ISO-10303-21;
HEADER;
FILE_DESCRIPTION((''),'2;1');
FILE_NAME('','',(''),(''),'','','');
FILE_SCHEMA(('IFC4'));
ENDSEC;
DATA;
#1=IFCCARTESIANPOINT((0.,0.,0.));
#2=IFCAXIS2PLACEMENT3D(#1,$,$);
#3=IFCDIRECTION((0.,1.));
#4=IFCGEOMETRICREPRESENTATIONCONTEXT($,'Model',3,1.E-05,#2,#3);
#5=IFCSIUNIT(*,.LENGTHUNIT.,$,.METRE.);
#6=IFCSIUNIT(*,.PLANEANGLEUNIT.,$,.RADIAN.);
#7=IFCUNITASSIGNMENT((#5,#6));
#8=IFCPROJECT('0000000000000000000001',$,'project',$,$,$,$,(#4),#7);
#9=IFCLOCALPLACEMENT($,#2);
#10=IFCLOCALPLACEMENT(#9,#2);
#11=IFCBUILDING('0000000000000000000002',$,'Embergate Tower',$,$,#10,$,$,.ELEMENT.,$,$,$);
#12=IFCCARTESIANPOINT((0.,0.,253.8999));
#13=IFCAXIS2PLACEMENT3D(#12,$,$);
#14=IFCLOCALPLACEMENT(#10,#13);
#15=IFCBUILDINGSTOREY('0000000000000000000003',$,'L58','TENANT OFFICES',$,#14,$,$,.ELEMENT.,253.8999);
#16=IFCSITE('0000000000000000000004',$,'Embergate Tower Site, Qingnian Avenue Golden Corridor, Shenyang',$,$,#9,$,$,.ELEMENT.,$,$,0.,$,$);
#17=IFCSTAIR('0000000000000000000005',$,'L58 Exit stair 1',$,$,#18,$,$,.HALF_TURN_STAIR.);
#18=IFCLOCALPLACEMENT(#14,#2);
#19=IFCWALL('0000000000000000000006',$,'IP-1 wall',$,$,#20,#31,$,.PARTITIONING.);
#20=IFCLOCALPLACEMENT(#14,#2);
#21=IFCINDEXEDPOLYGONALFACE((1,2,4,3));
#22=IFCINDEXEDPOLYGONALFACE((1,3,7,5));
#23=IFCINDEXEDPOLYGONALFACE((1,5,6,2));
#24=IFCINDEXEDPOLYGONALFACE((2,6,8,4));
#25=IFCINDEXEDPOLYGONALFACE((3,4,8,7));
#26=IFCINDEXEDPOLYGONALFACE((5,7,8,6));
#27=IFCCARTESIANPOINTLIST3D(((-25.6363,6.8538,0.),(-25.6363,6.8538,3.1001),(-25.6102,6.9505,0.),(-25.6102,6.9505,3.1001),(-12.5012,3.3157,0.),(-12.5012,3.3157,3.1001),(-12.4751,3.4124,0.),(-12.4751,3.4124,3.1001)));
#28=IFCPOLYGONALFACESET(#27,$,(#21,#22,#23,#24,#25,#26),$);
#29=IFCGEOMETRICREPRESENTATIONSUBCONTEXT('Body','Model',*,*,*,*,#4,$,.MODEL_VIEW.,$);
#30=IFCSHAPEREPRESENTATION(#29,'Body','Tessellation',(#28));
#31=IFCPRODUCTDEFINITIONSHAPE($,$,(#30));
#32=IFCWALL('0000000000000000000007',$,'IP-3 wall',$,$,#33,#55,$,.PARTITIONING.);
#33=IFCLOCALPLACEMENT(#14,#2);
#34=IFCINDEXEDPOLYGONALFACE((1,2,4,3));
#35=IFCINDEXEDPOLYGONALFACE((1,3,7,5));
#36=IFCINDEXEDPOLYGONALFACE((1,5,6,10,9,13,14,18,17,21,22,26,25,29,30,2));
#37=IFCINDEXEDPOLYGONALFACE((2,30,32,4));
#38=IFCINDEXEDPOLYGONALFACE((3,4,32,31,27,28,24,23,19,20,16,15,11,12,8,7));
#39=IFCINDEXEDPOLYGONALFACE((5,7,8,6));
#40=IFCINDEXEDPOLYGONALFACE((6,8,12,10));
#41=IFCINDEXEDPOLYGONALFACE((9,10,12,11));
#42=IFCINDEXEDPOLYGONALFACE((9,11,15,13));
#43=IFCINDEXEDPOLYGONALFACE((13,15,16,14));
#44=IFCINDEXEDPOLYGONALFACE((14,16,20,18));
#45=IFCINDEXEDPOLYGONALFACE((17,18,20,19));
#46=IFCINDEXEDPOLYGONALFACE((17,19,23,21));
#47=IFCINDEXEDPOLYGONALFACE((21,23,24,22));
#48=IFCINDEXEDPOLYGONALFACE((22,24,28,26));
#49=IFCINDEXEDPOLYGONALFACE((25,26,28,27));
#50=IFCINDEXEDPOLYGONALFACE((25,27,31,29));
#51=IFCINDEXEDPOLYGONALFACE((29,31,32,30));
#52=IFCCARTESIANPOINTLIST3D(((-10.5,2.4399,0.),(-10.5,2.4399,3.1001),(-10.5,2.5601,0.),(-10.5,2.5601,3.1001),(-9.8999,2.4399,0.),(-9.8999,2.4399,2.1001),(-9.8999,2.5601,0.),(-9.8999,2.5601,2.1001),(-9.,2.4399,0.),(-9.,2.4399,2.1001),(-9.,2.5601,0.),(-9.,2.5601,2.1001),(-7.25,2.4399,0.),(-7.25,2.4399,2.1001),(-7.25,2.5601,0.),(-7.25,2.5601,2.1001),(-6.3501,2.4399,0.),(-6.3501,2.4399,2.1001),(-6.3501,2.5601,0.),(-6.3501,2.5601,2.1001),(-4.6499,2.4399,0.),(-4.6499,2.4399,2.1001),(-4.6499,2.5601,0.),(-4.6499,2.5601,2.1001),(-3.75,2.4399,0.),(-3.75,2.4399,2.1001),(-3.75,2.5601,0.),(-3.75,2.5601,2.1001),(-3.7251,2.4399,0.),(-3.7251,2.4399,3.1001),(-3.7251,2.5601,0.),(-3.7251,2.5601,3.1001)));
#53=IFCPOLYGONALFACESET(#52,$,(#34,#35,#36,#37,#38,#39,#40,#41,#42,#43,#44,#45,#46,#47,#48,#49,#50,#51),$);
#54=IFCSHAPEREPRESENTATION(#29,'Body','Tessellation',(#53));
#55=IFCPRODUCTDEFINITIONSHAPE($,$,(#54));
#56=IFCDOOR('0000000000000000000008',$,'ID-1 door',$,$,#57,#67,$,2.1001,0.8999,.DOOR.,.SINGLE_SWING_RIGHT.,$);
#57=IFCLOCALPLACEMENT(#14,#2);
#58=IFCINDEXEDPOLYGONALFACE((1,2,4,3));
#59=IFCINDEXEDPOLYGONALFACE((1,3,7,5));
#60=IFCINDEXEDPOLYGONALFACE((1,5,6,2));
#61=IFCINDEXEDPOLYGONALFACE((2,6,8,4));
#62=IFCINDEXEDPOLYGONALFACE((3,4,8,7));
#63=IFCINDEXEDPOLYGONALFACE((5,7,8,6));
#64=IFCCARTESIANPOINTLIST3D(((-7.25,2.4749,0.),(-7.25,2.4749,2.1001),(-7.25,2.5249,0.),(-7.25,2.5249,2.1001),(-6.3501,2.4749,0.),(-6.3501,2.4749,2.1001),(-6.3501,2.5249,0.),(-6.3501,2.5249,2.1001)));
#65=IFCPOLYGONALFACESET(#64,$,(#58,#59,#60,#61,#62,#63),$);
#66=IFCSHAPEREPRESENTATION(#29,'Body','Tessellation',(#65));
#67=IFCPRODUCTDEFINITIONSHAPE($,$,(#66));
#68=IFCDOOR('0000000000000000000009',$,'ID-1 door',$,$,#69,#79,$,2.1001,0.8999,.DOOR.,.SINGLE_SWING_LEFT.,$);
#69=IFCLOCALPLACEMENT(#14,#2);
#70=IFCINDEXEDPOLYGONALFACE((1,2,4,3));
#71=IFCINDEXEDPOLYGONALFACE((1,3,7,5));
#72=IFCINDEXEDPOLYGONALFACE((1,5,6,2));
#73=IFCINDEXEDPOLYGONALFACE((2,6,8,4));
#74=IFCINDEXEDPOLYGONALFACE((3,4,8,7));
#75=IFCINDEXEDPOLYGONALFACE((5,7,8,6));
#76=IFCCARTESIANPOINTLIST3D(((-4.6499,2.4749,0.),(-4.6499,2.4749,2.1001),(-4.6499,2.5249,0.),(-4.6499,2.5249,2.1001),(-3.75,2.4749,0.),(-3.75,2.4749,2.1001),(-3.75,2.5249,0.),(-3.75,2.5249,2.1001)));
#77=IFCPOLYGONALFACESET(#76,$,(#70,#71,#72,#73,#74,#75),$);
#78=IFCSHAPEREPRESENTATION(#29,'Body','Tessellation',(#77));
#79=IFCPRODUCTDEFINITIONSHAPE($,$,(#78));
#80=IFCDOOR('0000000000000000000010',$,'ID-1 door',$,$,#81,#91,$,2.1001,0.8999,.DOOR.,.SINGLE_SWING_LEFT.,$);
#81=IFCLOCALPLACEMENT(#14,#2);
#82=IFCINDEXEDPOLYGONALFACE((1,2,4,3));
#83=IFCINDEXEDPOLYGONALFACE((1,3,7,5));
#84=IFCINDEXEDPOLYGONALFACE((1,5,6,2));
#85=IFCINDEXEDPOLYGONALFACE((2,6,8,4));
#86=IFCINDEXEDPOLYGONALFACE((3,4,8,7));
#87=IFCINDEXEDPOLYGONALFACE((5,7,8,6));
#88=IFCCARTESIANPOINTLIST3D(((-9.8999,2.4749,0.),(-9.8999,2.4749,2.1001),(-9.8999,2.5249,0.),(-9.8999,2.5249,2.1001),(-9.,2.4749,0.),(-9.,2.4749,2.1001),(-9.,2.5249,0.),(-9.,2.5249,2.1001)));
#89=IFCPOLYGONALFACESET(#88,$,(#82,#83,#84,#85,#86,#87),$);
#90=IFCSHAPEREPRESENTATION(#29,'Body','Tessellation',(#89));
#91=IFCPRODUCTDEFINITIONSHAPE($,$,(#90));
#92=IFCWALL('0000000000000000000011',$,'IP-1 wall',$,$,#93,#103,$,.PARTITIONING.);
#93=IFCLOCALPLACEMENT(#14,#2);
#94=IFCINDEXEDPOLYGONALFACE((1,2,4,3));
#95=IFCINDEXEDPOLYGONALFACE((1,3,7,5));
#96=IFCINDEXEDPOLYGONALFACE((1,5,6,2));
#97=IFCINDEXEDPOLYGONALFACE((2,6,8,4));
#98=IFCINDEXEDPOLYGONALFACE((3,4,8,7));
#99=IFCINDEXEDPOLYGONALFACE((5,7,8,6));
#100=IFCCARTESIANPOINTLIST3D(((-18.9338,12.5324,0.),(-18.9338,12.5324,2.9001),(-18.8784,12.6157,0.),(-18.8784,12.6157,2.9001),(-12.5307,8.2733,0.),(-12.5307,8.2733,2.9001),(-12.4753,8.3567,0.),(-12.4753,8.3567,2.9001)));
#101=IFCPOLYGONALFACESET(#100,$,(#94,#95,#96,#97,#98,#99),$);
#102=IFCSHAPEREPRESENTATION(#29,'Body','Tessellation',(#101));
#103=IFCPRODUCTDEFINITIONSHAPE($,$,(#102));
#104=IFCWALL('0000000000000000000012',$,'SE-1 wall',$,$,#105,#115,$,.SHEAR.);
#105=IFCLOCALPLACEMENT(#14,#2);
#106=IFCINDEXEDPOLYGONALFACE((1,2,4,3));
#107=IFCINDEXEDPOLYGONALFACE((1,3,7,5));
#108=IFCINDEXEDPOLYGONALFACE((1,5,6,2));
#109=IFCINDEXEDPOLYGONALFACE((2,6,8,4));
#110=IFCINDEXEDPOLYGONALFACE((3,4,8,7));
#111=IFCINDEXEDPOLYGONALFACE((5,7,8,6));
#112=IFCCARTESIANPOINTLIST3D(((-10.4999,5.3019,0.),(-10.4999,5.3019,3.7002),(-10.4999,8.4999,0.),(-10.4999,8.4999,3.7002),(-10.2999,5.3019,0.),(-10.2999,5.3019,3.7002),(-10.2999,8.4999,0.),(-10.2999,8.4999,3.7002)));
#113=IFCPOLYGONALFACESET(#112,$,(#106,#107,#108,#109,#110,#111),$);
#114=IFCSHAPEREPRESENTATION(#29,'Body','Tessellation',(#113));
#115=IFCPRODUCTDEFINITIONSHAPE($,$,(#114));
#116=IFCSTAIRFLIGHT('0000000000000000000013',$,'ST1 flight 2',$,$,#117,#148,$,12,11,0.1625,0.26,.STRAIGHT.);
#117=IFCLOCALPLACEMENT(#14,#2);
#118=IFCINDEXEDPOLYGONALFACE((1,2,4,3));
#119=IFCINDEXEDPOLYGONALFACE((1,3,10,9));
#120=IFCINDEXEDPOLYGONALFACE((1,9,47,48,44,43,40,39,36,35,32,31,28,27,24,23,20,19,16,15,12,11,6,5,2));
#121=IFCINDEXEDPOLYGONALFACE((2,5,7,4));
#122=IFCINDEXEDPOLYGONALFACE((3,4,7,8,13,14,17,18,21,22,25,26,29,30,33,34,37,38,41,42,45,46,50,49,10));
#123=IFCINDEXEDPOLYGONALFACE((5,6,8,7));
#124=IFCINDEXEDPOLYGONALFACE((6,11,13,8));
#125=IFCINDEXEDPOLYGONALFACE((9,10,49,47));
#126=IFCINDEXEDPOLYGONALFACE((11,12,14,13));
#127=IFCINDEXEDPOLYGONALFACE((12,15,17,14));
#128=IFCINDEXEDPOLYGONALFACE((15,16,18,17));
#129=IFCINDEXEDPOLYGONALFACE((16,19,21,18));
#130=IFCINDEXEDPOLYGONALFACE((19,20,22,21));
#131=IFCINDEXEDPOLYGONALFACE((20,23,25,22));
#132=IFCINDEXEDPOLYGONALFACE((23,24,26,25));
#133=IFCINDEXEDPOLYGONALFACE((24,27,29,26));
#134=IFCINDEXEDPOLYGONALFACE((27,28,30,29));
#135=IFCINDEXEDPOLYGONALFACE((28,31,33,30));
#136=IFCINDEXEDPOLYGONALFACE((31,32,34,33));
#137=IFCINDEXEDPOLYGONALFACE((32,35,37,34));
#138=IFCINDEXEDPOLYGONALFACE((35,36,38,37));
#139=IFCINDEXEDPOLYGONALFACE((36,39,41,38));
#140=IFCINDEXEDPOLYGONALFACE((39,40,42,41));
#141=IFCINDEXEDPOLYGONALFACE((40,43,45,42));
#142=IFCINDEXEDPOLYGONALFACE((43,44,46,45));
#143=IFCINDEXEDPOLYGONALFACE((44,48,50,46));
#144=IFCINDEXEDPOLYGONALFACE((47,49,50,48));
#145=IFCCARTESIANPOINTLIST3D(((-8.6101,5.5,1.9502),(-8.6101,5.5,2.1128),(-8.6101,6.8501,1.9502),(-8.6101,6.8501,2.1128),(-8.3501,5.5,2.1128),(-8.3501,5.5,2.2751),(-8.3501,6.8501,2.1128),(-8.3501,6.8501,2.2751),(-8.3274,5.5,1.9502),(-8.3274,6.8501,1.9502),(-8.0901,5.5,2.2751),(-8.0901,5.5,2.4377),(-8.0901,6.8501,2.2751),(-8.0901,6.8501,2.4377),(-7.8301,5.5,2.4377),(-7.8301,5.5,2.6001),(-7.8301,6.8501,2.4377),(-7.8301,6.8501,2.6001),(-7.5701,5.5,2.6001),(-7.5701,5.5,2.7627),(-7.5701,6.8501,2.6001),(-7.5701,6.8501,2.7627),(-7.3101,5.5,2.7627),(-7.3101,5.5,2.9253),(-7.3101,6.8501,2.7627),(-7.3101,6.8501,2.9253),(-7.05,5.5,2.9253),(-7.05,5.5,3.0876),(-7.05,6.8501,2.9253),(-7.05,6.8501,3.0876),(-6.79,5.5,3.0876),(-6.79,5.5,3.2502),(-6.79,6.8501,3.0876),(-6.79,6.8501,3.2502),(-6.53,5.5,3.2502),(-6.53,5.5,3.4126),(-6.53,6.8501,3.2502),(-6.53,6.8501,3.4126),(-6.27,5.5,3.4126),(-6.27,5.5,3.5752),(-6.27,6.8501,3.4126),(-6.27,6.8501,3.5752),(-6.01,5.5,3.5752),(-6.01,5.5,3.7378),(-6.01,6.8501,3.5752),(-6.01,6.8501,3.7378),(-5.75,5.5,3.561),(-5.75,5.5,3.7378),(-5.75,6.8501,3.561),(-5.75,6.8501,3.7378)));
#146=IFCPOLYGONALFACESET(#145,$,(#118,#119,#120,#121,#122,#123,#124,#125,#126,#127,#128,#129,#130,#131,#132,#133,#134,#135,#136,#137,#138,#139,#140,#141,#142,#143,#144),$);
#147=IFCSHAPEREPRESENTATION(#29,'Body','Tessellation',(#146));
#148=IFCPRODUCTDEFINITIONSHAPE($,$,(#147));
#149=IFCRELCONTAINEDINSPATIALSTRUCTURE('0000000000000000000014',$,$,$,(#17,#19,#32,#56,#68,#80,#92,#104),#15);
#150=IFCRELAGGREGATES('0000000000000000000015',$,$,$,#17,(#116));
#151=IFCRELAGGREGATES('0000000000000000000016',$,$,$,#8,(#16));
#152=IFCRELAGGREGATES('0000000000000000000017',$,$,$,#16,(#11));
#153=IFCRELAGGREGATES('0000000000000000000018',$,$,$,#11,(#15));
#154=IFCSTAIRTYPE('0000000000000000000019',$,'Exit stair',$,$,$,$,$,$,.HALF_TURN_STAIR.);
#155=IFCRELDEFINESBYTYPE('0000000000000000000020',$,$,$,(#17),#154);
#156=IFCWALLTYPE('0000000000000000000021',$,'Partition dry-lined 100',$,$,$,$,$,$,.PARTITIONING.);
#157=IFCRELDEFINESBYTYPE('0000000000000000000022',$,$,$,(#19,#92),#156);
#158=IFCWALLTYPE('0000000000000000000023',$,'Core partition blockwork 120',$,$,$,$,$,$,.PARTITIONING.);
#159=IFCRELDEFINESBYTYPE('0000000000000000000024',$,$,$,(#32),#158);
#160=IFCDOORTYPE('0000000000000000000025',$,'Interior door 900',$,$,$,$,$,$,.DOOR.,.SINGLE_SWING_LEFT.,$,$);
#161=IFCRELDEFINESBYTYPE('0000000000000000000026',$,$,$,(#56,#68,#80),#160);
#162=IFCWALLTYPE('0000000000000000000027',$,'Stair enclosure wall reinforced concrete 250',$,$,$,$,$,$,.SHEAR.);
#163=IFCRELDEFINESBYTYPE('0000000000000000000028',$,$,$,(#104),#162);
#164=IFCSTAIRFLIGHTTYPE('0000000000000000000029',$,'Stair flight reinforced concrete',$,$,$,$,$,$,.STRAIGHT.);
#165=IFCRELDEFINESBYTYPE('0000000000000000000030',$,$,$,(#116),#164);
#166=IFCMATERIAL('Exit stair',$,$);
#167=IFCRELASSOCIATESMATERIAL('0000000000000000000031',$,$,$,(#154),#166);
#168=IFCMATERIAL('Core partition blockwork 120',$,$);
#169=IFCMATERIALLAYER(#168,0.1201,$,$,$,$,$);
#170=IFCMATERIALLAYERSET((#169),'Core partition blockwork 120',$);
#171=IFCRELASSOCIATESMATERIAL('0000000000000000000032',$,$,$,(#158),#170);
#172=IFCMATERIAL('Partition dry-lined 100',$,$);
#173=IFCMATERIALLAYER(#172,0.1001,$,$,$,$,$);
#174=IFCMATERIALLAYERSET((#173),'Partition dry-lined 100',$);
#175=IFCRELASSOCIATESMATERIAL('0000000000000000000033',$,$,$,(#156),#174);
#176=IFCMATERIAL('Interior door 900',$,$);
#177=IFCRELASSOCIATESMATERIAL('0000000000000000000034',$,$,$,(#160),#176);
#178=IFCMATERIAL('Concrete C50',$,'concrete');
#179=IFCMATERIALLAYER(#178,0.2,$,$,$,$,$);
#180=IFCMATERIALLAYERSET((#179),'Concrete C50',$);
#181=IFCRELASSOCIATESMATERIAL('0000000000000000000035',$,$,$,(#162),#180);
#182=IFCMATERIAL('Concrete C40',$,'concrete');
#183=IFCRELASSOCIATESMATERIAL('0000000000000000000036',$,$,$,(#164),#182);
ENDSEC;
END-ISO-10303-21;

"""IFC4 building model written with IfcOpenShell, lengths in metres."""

from ifc_helpers import new_model, si_unit, direction, frame, frame_2d, origin, place, context, subcontext, project, spatial, polyline, rectangle, outline, extrude, source, transform, mapped, material, layer, layer_set, type_object, element, fill, aggregate, save


model = new_model("IFC4")

# Units and contexts
model_context = context("Model", 3, precision=1e-05, world=origin(), true_north=direction((0.0, 1.0)))
body_context = subcontext(model_context, "Body", "Model", "MODEL_VIEW")
ifc_project = project(units=[si_unit("LENGTHUNIT", "METRE"), si_unit("PLANEANGLEUNIT", "RADIAN")], contexts=[model_context])

# Site, building, storey
site_placement = place(None, origin())
site = spatial("IfcSite", under=ifc_project, at=site_placement, Name="Embergate Tower Site, Qingnian Avenue Golden Corridor, Shenyang", CompositionType="ELEMENT", RefElevation=0.0)
building_placement = place(site_placement, origin())
building = spatial("IfcBuilding", under=site, at=building_placement, Name="Embergate Tower", CompositionType="ELEMENT")
storey_placement = place(building_placement, frame((0.0, 0.0, 253.8999)))
storey = spatial("IfcBuildingStorey", under=building, at=storey_placement, Name="L58", Description="TENANT OFFICES", CompositionType="ELEMENT", Elevation=253.8999)

# Stair
ifc_material_1 = material(Name="Exit stair")
stair_type = type_object("IfcStairType", Name="Exit stair", PredefinedType="HALF_TURN_STAIR", material=ifc_material_1)
stair_placement = place(storey_placement, origin())
stair = element("IfcStair", 1, at=stair_placement, inside=storey, type_object=stair_type, Name="L58 Exit stair 1", PredefinedType="HALF_TURN_STAIR")
ifc_material_2 = material(Name="Concrete C40", Category="concrete")

# Shared definitions
ifc_material_3 = material(Name="Concrete C50", Category="concrete")

# Shared definitions
ifc_material_4 = material(Name="Core partition blockwork 120")
ifc_layer_1 = layer(ifc_material_4, 0.1201)
ifc_layer_set_1 = layer_set([ifc_layer_1], Name="Core partition blockwork 120")
wall_type_1 = type_object("IfcWallType", Name="Core partition blockwork 120", PredefinedType="PARTITIONING", material=ifc_layer_set_1)

# Shared definitions
shared_shape_1 = source(origin(), body_context, "Body", "SweptSolid", [
    extrude(rectangle(XDim=0.8999, YDim=2.1001, at=frame_2d((0.45, 1.05))), frame((0.0, 0.0249, 0.0), z_axis=(0.0, -1.0, 0.0), x_axis=(1.0, 0.0, 0.0)), (0.0, 0.0, 1.0), 0.05),
])

# Wall
ifc_material_5 = material(Name="Partition dry-lined 100")
ifc_layer_2 = layer(ifc_material_5, 0.1001)
ifc_layer_set_2 = layer_set([ifc_layer_2], Name="Partition dry-lined 100")
wall_type_2 = type_object("IfcWallType", Name="Partition dry-lined 100", PredefinedType="PARTITIONING", material=ifc_layer_set_2)
shared_shape_2 = source(origin(), body_context, "Body", "SweptSolid", [
    extrude(rectangle(XDim=13.6033, YDim=0.1001, at=frame_2d((6.8018, 0.0))), origin(), (0.0, 0.0, 1.0), 3.1001),
])
wall_1_placement = place(storey_placement, frame((-12.488, 3.364, 0.0), z_axis=(0.0, 0.0, 1.0), x_axis=(-0.965584, 0.260093, 0.0)))
element("IfcWall", 2, at=wall_1_placement, inside=storey, type_object=wall_type_2, Name="IP-1 wall", PredefinedType="PARTITIONING", context=body_context, shape_type="MappedRepresentation", body=[
    mapped(shared_shape_2, transform((0.0, 0.0, 0.0))),
])

# Wall, openings, doors
shared_shape_3 = source(origin(), body_context, "Body", "SweptSolid", [
    extrude(rectangle(XDim=6.7749, YDim=0.1201, at=frame_2d((3.3875, 0.0))), origin(), (0.0, 0.0, 1.0), 3.1001),
])
wall_2_placement = place(storey_placement, frame((-10.5, 2.5, 0.0), z_axis=(0.0, 0.0, 1.0), x_axis=(1.0, 0.0, 0.0)))
wall_2 = element("IfcWall", 3, at=wall_2_placement, inside=storey, type_object=wall_type_1, Name="IP-3 wall", PredefinedType="PARTITIONING", context=body_context, shape_type="MappedRepresentation", body=[
    mapped(shared_shape_3, transform((0.0, 0.0, 0.0))),
])
shared_shape_4 = source(origin(), body_context, "Body", "SweptSolid", [
    extrude(rectangle(XDim=0.8999, YDim=2.1001, at=frame_2d((0.45, 1.05))), frame((0.0, 0.0701, 0.0), z_axis=(0.0, -1.0, 0.0), x_axis=(1.0, 0.0, 0.0)), (0.0, 0.0, 1.0), 0.1401),
])
opening_1_placement = place(wall_2_placement, frame((3.25, 0.0, 0.0)))
opening_1 = element("IfcOpeningElement", 4, at=opening_1_placement, cuts=wall_2, PredefinedType="OPENING", context=body_context, shape_type="MappedRepresentation", body=[
    mapped(shared_shape_4, transform((0.0, 0.0, 0.0))),
])
opening_2_placement = place(wall_2_placement, frame((5.8501, 0.0, 0.0)))
opening_2 = element("IfcOpeningElement", 5, at=opening_2_placement, cuts=wall_2, PredefinedType="OPENING", context=body_context, shape_type="MappedRepresentation", body=[
    mapped(shared_shape_4, transform((0.0, 0.0, 0.0))),
])
opening_3_placement = place(wall_2_placement, frame((0.6001, 0.0, 0.0)))
opening_3 = element("IfcOpeningElement", 6, at=opening_3_placement, cuts=wall_2, PredefinedType="OPENING", context=body_context, shape_type="MappedRepresentation", body=[
    mapped(shared_shape_4, transform((0.0, 0.0, 0.0))),
])
ifc_material_6 = material(Name="Interior door 900")
door_type_1 = type_object("IfcDoorType", Name="Interior door 900", OperationType="SINGLE_SWING_LEFT", PredefinedType="DOOR", material=ifc_material_6)
door_1_placement = place(opening_1_placement, origin())
door_1 = element("IfcDoor", 7, at=door_1_placement, inside=storey, type_object=door_type_1, Name="ID-1 door", OperationType="SINGLE_SWING_RIGHT", OverallHeight=2.1001, OverallWidth=0.8999, PredefinedType="DOOR", context=body_context, shape_type="MappedRepresentation", body=[
    mapped(shared_shape_1, transform((0.0, 0.0, 0.0))),
])
fill(opening_1, door_1)
door_2_placement = place(opening_2_placement, origin())
door_2 = element("IfcDoor", 8, at=door_2_placement, inside=storey, type_object=door_type_1, Name="ID-1 door", OperationType="SINGLE_SWING_LEFT", OverallHeight=2.1001, OverallWidth=0.8999, PredefinedType="DOOR", context=body_context, shape_type="MappedRepresentation", body=[
    mapped(shared_shape_1, transform((0.0, 0.0, 0.0))),
])
fill(opening_2, door_2)
door_3_placement = place(opening_3_placement, origin())
door_3 = element("IfcDoor", 9, at=door_3_placement, inside=storey, type_object=door_type_1, Name="ID-1 door", OperationType="SINGLE_SWING_LEFT", OverallHeight=2.1001, OverallWidth=0.8999, PredefinedType="DOOR", context=body_context, shape_type="MappedRepresentation", body=[
    mapped(shared_shape_1, transform((0.0, 0.0, 0.0))),
])
fill(opening_3, door_3)

# Walls
shared_shape_5 = source(origin(), body_context, "Body", "SweptSolid", [
    extrude(rectangle(XDim=7.6902, YDim=0.1001, at=frame_2d((3.8452, 0.0))), origin(), (0.0, 0.0, 1.0), 2.9001),
])
wall_3_placement = place(storey_placement, frame((-12.5029, 8.3149, 0.0), z_axis=(0.0, 0.0, 1.0), x_axis=(-0.832631, 0.553828, 0.0)))
element("IfcWall", 10, at=wall_3_placement, inside=storey, type_object=wall_type_2, Name="IP-1 wall", PredefinedType="PARTITIONING", context=body_context, shape_type="MappedRepresentation", body=[
    mapped(shared_shape_5, transform((0.0, 0.0, 0.0))),
])
ifc_layer_3 = layer(ifc_material_3, 0.2)
ifc_layer_set_3 = layer_set([ifc_layer_3], Name="Concrete C50")
wall_type_3 = type_object("IfcWallType", Name="Stair enclosure wall reinforced concrete 250", PredefinedType="SHEAR", material=ifc_layer_set_3)
shared_shape_6 = source(origin(), body_context, "Body", "SweptSolid", [
    extrude(rectangle(XDim=3.198, YDim=0.2, at=frame_2d((1.5991, 0.0))), origin(), (0.0, 0.0, 1.0), 3.7002),
])
wall_4_placement = place(storey_placement, frame((-10.3999, 8.5, 0.0), z_axis=(0.0, 0.0, 1.0), x_axis=(0.0, -1.0, 0.0)))
element("IfcWall", 11, at=wall_4_placement, inside=storey, type_object=wall_type_3, Name="SE-1 wall", PredefinedType="SHEAR", context=body_context, shape_type="MappedRepresentation", body=[
    mapped(shared_shape_6, transform((0.0, 0.0, 0.0))),
])

# Stair flight
stair_flight_type = type_object("IfcStairFlightType", Name="Stair flight reinforced concrete", PredefinedType="STRAIGHT", material=ifc_material_2)
shared_shape_7 = source(origin(), body_context, "Body", "SweptSolid", [
    extrude(outline(polyline([(0.0, 0.0), (0.0, 0.1626), (0.26, 0.1626), (0.26, 0.325), (0.52, 0.325), (0.52, 0.4875), (0.78, 0.4875), (0.78, 0.6499), (1.04, 0.6499), (1.04, 0.8125), (1.3, 0.8125), (1.3, 0.9751), (1.5601, 0.9751), (1.5601, 1.1375), (1.8201, 1.1375), (1.8201, 1.3), (2.0801, 1.3), (2.0801, 1.4624), (2.3401, 1.4624), (2.3401, 1.625), (2.6001, 1.625), (2.6001, 1.7876), (2.8601, 1.7876), (2.8601, 1.95), (2.8601, 1.6108), (0.2827, 0.0), (0.0, 0.0)])), frame((0.0, 0.675, 0.0), z_axis=(0.0, -1.0, 0.0), x_axis=(1.0, 0.0, 0.0)), (0.0, 0.0, 1.0), 1.3501),
])
stair_flight_placement = place(storey_placement, frame((-8.6101, 6.175, 1.9502), z_axis=(0.0, 0.0, 1.0), x_axis=(1.0, 0.0, 0.0)))
stair_flight = element("IfcStairFlight", 12, at=stair_flight_placement, type_object=stair_flight_type, Name="ST1 flight 2", NumberOfRisers=12, NumberOfTreads=11, PredefinedType="STRAIGHT", RiserHeight=0.1625, TreadLength=0.26, context=body_context, shape_type="MappedRepresentation", body=[
    mapped(shared_shape_7, transform((0.0, 0.0, 0.0))),
])
aggregate(stair, [stair_flight])

save(model, "model.ifc")
